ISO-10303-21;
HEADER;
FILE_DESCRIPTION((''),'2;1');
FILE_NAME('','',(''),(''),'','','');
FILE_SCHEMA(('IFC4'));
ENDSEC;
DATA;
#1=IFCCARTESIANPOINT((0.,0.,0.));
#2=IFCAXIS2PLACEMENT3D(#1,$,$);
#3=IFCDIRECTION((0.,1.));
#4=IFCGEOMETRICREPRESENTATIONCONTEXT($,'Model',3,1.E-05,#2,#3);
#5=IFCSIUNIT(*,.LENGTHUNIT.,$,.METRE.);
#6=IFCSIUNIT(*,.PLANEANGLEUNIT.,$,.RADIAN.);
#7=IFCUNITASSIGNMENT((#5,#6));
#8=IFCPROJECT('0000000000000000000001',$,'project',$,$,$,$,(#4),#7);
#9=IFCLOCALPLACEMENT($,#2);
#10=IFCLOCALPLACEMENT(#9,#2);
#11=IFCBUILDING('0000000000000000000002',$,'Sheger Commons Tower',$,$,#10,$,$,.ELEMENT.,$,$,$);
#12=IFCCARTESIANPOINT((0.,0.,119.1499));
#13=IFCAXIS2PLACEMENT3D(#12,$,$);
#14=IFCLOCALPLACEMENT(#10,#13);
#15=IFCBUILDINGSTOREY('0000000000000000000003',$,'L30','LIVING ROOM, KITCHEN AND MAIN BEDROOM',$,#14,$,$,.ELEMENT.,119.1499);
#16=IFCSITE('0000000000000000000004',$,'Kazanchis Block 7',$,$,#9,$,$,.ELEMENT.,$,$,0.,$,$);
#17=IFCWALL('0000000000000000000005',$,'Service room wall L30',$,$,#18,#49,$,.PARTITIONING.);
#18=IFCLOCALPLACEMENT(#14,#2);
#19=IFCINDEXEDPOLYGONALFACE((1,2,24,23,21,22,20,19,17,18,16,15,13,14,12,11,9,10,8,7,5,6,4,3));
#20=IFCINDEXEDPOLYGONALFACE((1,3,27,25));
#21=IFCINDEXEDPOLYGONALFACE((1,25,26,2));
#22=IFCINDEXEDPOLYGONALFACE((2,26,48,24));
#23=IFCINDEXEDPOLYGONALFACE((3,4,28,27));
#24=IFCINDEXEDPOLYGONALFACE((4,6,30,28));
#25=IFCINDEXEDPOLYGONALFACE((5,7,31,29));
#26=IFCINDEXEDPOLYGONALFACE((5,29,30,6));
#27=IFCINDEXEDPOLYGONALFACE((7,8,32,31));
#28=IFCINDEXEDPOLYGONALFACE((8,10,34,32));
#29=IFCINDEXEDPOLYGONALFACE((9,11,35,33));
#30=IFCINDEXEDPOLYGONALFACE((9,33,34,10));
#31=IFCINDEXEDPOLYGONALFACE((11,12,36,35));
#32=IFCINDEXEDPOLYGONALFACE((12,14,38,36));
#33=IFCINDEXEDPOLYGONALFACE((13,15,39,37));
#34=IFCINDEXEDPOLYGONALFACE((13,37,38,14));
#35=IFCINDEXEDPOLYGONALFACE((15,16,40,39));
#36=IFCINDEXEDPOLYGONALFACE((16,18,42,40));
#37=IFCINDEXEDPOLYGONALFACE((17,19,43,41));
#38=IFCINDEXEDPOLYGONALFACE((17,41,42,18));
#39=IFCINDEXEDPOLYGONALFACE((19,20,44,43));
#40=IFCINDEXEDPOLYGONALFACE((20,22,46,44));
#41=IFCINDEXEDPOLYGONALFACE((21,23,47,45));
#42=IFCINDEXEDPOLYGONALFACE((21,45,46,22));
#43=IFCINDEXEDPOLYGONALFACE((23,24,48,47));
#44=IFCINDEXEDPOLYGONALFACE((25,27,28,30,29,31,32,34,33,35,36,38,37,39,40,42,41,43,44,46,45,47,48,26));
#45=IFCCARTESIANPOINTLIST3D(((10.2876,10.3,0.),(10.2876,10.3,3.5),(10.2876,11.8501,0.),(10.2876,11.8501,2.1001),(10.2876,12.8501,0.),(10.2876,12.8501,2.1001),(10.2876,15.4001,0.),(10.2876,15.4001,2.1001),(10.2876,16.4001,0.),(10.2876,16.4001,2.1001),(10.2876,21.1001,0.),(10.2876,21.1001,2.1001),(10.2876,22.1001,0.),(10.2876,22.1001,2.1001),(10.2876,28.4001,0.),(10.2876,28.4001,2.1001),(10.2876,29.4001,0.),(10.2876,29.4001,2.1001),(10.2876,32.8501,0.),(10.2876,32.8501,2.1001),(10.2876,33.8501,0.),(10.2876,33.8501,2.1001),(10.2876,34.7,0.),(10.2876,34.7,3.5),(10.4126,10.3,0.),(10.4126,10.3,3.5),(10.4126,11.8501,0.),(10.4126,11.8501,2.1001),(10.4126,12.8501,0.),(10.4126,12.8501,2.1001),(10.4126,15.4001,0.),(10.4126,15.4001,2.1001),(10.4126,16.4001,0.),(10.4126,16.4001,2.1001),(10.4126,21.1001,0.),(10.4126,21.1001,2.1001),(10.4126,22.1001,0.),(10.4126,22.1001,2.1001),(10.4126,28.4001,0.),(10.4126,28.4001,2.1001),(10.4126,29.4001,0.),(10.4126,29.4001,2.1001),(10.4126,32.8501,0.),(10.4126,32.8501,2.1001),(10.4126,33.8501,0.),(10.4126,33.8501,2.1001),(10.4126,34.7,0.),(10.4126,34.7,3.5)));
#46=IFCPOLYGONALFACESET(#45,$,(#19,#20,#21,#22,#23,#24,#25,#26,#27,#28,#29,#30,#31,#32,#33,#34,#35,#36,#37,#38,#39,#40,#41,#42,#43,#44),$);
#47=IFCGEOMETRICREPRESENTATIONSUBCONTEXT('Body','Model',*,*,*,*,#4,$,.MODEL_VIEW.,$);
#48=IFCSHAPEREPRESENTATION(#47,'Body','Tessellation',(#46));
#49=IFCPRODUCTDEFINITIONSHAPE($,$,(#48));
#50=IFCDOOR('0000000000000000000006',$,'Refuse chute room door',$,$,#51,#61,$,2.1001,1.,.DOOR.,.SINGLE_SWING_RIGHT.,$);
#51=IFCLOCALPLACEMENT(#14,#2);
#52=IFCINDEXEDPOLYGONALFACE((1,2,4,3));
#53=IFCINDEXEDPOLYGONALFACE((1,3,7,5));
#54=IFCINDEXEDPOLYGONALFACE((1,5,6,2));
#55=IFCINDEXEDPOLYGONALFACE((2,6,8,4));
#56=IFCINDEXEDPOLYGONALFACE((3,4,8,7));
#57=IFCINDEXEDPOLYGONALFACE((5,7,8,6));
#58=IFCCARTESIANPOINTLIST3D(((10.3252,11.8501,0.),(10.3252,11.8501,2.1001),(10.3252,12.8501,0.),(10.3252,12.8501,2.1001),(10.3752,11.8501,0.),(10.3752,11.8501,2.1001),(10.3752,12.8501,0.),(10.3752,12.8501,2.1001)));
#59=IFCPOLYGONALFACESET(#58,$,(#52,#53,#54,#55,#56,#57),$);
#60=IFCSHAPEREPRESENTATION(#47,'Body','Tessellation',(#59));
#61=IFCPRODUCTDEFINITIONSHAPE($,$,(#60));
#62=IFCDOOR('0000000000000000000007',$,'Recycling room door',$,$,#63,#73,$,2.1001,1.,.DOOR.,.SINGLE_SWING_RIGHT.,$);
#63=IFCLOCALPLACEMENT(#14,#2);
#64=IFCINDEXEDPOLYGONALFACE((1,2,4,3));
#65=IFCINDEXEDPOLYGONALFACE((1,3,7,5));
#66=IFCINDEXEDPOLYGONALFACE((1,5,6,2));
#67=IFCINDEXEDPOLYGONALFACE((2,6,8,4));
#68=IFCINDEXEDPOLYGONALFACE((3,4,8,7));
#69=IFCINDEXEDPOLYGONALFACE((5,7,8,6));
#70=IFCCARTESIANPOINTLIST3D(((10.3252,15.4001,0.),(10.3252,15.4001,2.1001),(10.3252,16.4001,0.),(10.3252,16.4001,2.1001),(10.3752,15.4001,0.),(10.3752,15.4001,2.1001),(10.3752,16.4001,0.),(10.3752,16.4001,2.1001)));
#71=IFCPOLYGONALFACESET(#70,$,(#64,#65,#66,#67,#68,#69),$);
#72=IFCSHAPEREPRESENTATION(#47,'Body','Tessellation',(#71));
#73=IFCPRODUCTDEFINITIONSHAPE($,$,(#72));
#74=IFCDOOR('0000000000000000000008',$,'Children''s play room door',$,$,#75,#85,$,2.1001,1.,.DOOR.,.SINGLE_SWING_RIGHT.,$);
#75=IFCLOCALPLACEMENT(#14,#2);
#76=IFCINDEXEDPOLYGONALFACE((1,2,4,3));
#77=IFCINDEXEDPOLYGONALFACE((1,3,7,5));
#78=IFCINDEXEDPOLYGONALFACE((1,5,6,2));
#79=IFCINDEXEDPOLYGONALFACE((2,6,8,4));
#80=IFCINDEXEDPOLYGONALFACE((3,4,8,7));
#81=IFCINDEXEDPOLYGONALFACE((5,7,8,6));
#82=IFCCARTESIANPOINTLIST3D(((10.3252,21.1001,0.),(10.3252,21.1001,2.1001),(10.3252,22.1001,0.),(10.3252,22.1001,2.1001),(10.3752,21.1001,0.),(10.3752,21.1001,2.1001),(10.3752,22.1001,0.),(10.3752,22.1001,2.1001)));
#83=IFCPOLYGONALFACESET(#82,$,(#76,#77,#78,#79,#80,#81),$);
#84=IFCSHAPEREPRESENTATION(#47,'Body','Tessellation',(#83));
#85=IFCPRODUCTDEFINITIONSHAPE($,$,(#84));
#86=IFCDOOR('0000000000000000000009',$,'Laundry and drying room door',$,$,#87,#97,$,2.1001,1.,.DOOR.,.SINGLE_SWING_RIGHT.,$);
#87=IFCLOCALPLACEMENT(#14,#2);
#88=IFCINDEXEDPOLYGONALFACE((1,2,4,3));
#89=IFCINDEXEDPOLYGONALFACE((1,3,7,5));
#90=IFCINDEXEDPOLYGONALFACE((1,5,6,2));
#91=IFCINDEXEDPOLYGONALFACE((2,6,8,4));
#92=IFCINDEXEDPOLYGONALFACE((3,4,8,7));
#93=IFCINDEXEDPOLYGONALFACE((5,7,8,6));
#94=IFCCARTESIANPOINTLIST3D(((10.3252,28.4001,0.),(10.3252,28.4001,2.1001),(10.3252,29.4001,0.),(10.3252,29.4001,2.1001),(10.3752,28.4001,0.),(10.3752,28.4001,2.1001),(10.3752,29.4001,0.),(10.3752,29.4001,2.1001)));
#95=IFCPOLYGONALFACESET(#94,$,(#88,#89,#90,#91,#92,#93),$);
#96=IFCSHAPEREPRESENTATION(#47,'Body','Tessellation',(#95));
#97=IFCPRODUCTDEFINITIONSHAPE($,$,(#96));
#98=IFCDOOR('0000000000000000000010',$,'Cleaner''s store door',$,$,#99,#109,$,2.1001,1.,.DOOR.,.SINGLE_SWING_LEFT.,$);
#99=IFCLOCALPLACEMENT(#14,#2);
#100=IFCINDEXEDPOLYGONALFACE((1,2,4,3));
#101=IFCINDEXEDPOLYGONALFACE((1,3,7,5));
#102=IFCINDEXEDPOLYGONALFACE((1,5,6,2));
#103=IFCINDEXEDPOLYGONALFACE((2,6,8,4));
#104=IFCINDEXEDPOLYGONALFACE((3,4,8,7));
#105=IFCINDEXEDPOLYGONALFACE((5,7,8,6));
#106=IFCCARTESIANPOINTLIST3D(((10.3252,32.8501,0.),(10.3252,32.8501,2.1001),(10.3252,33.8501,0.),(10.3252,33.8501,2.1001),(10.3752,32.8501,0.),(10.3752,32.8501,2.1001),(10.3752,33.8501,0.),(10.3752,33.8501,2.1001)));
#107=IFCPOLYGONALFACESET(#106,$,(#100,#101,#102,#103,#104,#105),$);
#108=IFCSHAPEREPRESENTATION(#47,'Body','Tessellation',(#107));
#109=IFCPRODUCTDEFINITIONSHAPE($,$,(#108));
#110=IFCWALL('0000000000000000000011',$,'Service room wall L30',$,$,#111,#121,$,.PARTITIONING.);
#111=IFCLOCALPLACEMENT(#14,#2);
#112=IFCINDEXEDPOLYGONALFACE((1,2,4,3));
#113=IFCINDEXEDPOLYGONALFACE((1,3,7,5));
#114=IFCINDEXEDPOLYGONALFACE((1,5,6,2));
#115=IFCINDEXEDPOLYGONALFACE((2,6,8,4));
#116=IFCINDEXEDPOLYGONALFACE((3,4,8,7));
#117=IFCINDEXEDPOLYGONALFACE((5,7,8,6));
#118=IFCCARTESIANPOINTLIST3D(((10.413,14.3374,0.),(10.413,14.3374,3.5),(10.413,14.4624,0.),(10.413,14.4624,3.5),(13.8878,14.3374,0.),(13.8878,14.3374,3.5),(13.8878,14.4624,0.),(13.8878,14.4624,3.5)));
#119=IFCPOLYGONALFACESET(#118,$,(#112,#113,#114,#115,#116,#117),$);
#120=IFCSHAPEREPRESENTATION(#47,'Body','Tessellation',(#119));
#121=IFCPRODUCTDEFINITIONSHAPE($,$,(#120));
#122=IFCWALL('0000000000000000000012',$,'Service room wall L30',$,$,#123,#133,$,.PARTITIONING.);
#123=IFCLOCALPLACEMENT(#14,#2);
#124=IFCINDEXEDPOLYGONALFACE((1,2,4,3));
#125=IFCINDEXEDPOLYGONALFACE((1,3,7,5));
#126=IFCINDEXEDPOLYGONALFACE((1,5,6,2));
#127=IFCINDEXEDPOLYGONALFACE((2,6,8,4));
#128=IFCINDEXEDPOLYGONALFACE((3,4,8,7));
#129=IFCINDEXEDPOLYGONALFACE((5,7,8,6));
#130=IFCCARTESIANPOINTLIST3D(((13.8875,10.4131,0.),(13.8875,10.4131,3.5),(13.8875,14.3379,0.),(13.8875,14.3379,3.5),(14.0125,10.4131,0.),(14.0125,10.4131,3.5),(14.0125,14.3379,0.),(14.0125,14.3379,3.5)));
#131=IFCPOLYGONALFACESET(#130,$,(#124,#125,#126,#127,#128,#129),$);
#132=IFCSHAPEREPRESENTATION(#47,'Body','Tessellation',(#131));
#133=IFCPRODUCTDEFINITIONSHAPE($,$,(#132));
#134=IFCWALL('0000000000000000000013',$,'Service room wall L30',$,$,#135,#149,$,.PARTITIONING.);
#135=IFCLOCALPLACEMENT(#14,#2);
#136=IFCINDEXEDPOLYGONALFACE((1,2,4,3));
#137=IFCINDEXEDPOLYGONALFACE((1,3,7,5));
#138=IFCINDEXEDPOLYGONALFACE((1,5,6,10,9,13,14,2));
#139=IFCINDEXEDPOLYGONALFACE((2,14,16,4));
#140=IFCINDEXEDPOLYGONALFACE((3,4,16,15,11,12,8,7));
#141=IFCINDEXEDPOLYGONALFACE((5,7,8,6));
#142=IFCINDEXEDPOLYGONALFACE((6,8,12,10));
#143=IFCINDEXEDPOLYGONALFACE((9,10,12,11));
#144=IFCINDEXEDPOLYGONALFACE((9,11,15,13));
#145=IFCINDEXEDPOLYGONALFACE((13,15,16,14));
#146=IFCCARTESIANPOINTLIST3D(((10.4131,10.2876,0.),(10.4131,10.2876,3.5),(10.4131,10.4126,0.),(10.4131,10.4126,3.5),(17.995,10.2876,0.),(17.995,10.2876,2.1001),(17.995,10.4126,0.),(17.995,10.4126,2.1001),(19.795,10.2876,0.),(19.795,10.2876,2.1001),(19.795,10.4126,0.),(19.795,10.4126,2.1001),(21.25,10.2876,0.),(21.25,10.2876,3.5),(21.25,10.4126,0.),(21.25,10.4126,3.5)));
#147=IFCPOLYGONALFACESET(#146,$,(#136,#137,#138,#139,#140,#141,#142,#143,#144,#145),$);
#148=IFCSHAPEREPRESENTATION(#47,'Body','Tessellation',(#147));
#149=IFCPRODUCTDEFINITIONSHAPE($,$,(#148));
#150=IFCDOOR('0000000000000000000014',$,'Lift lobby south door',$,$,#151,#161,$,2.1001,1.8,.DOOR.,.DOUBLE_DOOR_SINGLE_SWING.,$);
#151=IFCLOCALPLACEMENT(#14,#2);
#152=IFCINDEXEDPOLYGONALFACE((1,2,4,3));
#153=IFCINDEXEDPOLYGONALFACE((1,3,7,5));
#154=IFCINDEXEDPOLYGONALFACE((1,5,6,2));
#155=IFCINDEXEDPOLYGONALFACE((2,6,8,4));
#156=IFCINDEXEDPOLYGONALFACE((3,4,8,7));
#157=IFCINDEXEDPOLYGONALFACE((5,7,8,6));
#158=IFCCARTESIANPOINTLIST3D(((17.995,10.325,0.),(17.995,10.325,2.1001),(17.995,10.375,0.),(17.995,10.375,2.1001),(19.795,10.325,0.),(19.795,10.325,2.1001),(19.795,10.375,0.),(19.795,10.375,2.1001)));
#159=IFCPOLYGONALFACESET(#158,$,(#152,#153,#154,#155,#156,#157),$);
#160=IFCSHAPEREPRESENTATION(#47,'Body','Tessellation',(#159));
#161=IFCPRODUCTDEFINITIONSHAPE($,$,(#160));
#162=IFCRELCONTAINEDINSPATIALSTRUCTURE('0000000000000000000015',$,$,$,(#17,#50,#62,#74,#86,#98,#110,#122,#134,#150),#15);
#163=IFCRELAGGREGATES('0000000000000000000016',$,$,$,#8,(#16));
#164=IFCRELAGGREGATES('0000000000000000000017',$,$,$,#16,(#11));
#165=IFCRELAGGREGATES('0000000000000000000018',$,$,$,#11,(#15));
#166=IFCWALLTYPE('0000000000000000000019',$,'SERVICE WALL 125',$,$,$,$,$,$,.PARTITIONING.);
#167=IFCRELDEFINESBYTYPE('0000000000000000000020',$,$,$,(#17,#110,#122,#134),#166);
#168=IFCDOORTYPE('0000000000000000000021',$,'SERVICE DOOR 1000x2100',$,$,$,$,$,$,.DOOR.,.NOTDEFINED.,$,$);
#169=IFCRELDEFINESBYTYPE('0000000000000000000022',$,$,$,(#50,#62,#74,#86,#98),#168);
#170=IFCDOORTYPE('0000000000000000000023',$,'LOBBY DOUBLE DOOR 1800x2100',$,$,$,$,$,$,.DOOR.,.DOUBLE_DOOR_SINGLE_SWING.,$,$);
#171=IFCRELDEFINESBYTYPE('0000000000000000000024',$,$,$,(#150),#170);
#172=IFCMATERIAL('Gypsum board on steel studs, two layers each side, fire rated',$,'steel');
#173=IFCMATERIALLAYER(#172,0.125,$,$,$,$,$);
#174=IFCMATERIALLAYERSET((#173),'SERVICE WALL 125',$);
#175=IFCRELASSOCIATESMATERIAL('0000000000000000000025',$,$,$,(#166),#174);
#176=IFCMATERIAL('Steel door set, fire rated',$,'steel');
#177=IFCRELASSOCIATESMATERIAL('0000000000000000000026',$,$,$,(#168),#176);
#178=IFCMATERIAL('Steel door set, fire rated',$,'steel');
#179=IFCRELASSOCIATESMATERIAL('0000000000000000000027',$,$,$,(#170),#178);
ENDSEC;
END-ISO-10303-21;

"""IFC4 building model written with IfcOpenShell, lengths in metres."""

from ifc_helpers import new_model, si_unit, direction, frame, frame_2d, origin, place, context, subcontext, project, spatial, rectangle, extrude, material, layer, layer_set, type_object, element, fill, save


model = new_model("IFC4")

# Units and contexts
model_context = context("Model", 3, precision=1e-05, world=origin(), true_north=direction((0.0, 1.0)))
body_context = subcontext(model_context, "Body", "Model", "MODEL_VIEW")
ifc_project = project(units=[si_unit("LENGTHUNIT", "METRE"), si_unit("PLANEANGLEUNIT", "RADIAN")], contexts=[model_context])

# Site, building, storey
site_placement = place(None, origin())
site = spatial("IfcSite", under=ifc_project, at=site_placement, Name="Kazanchis Block 7", CompositionType="ELEMENT", RefElevation=0.0)
building_placement = place(site_placement, origin())
building = spatial("IfcBuilding", under=site, at=building_placement, Name="Sheger Commons Tower", CompositionType="ELEMENT")
storey_placement = place(building_placement, frame((0.0, 0.0, 119.1499)))
storey = spatial("IfcBuildingStorey", under=building, at=storey_placement, Name="L30", Description="LIVING ROOM, KITCHEN AND MAIN BEDROOM", CompositionType="ELEMENT", Elevation=119.1499)

# Wall, openings, doors
ifc_material_1 = material(Name="Gypsum board on steel studs, two layers each side, fire rated", Category="steel")
ifc_layer_1 = layer(ifc_material_1, 0.125)
ifc_layer_set_1 = layer_set([ifc_layer_1], Name="SERVICE WALL 125")
wall_type_1 = type_object("IfcWallType", Name="SERVICE WALL 125", PredefinedType="PARTITIONING", material=ifc_layer_set_1)
wall_1_placement = place(storey_placement, frame((10.3501, 10.3, 0.0), z_axis=(0.0, 0.0, 1.0), x_axis=(0.0, 1.0, 0.0)))
wall_1 = element("IfcWall", 1, at=wall_1_placement, inside=storey, type_object=wall_type_1, Name="Service room wall L30", PredefinedType="PARTITIONING", context=body_context, shape_type="SweptSolid", body=[
    extrude(rectangle(XDim=24.3999, YDim=0.125, at=frame_2d((12.2, 0.0))), origin(), (0.0, 0.0, 1.0), 3.5),
])
opening_1_placement = place(wall_1_placement, frame((1.55, 0.0, 0.0)))
opening_1 = element("IfcOpeningElement", 2, at=opening_1_placement, cuts=wall_1, PredefinedType="OPENING", context=body_context, shape_type="SweptSolid", body=[
    extrude(rectangle(XDim=1.0, YDim=2.1001, at=frame_2d((0.5, 1.05))), frame((0.0, 0.0725, 0.0), z_axis=(0.0, -1.0, 0.0), x_axis=(1.0, 0.0, 0.0)), (0.0, 0.0, 1.0), 0.145),
])
opening_2_placement = place(wall_1_placement, frame((5.1001, 0.0, 0.0)))
opening_2 = element("IfcOpeningElement", 3, at=opening_2_placement, cuts=wall_1, PredefinedType="OPENING", context=body_context, shape_type="SweptSolid", body=[
    extrude(rectangle(XDim=1.0, YDim=2.1001, at=frame_2d((0.5, 1.05))), frame((0.0, 0.0725, 0.0), z_axis=(0.0, -1.0, 0.0), x_axis=(1.0, 0.0, 0.0)), (0.0, 0.0, 1.0), 0.145),
])
opening_3_placement = place(wall_1_placement, frame((10.8, 0.0, 0.0)))
opening_3 = element("IfcOpeningElement", 4, at=opening_3_placement, cuts=wall_1, PredefinedType="OPENING", context=body_context, shape_type="SweptSolid", body=[
    extrude(rectangle(XDim=1.0, YDim=2.1001, at=frame_2d((0.5, 1.05))), frame((0.0, 0.0725, 0.0), z_axis=(0.0, -1.0, 0.0), x_axis=(1.0, 0.0, 0.0)), (0.0, 0.0, 1.0), 0.145),
])
opening_4_placement = place(wall_1_placement, frame((18.1001, 0.0, 0.0)))
opening_4 = element("IfcOpeningElement", 5, at=opening_4_placement, cuts=wall_1, PredefinedType="OPENING", context=body_context, shape_type="SweptSolid", body=[
    extrude(rectangle(XDim=1.0, YDim=2.1001, at=frame_2d((0.5, 1.05))), frame((0.0, 0.0725, 0.0), z_axis=(0.0, -1.0, 0.0), x_axis=(1.0, 0.0, 0.0)), (0.0, 0.0, 1.0), 0.145),
])
opening_5_placement = place(wall_1_placement, frame((22.55, 0.0, 0.0)))
opening_5 = element("IfcOpeningElement", 6, at=opening_5_placement, cuts=wall_1, PredefinedType="OPENING", context=body_context, shape_type="SweptSolid", body=[
    extrude(rectangle(XDim=1.0, YDim=2.1001, at=frame_2d((0.5, 1.05))), frame((0.0, 0.0725, 0.0), z_axis=(0.0, -1.0, 0.0), x_axis=(1.0, 0.0, 0.0)), (0.0, 0.0, 1.0), 0.145),
])
ifc_material_2 = material(Name="Steel door set, fire rated", Category="steel")
door_type_1 = type_object("IfcDoorType", Name="SERVICE DOOR 1000x2100", OperationType="NOTDEFINED", PredefinedType="DOOR", material=ifc_material_2)
door_1_placement = place(opening_1_placement, origin())
door_1 = element("IfcDoor", 7, at=door_1_placement, inside=storey, type_object=door_type_1, Name="Refuse chute room door", OperationType="SINGLE_SWING_RIGHT", OverallHeight=2.1001, OverallWidth=1.0, PredefinedType="DOOR", context=body_context, shape_type="SweptSolid", body=[
    extrude(rectangle(XDim=1.0, YDim=2.1001, at=frame_2d((0.5, 1.05))), frame((0.0, 0.0249, 0.0), z_axis=(0.0, -1.0, 0.0), x_axis=(1.0, 0.0, 0.0)), (0.0, 0.0, 1.0), 0.05),
])
fill(opening_1, door_1)
door_2_placement = place(opening_2_placement, origin())
door_2 = element("IfcDoor", 8, at=door_2_placement, inside=storey, type_object=door_type_1, Name="Recycling room door", OperationType="SINGLE_SWING_RIGHT", OverallHeight=2.1001, OverallWidth=1.0, PredefinedType="DOOR", context=body_context, shape_type="SweptSolid", body=[
    extrude(rectangle(XDim=1.0, YDim=2.1001, at=frame_2d((0.5, 1.05))), frame((0.0, 0.0249, 0.0), z_axis=(0.0, -1.0, 0.0), x_axis=(1.0, 0.0, 0.0)), (0.0, 0.0, 1.0), 0.05),
])
fill(opening_2, door_2)
door_3_placement = place(opening_3_placement, origin())
door_3 = element("IfcDoor", 9, at=door_3_placement, inside=storey, type_object=door_type_1, Name="Children's play room door", OperationType="SINGLE_SWING_RIGHT", OverallHeight=2.1001, OverallWidth=1.0, PredefinedType="DOOR", context=body_context, shape_type="SweptSolid", body=[
    extrude(rectangle(XDim=1.0, YDim=2.1001, at=frame_2d((0.5, 1.05))), frame((0.0, 0.0249, 0.0), z_axis=(0.0, -1.0, 0.0), x_axis=(1.0, 0.0, 0.0)), (0.0, 0.0, 1.0), 0.05),
])
fill(opening_3, door_3)
door_4_placement = place(opening_4_placement, origin())
door_4 = element("IfcDoor", 10, at=door_4_placement, inside=storey, type_object=door_type_1, Name="Laundry and drying room door", OperationType="SINGLE_SWING_RIGHT", OverallHeight=2.1001, OverallWidth=1.0, PredefinedType="DOOR", context=body_context, shape_type="SweptSolid", body=[
    extrude(rectangle(XDim=1.0, YDim=2.1001, at=frame_2d((0.5, 1.05))), frame((0.0, 0.0249, 0.0), z_axis=(0.0, -1.0, 0.0), x_axis=(1.0, 0.0, 0.0)), (0.0, 0.0, 1.0), 0.05),
])
fill(opening_4, door_4)
door_5_placement = place(opening_5_placement, origin())
door_5 = element("IfcDoor", 11, at=door_5_placement, inside=storey, type_object=door_type_1, Name="Cleaner's store door", OperationType="SINGLE_SWING_LEFT", OverallHeight=2.1001, OverallWidth=1.0, PredefinedType="DOOR", context=body_context, shape_type="SweptSolid", body=[
    extrude(rectangle(XDim=1.0, YDim=2.1001, at=frame_2d((0.5, 1.05))), frame((0.0, 0.0249, 0.0), z_axis=(0.0, -1.0, 0.0), x_axis=(1.0, 0.0, 0.0)), (0.0, 0.0, 1.0), 0.05),
])
fill(opening_5, door_5)

# Walls
wall_2_placement = place(storey_placement, frame((10.4131, 14.3999, 0.0), z_axis=(0.0, 0.0, 1.0), x_axis=(1.0, 0.0, 0.0)))
element("IfcWall", 12, at=wall_2_placement, inside=storey, type_object=wall_type_1, Name="Service room wall L30", PredefinedType="PARTITIONING", context=body_context, shape_type="SweptSolid", body=[
    extrude(rectangle(XDim=3.4749, YDim=0.125, at=frame_2d((1.7373, 0.0))), origin(), (0.0, 0.0, 1.0), 3.5),
])
wall_3_placement = place(storey_placement, frame((13.95, 10.4131, 0.0), z_axis=(0.0, 0.0, 1.0), x_axis=(0.0, 1.0, 0.0)))
element("IfcWall", 13, at=wall_3_placement, inside=storey, type_object=wall_type_1, Name="Service room wall L30", PredefinedType="PARTITIONING", context=body_context, shape_type="SweptSolid", body=[
    extrude(rectangle(XDim=3.9248, YDim=0.125, at=frame_2d((1.9624, 0.0))), origin(), (0.0, 0.0, 1.0), 3.5),
])

# Wall, opening, door
wall_4_placement = place(storey_placement, frame((10.4131, 10.3501, 0.0), z_axis=(0.0, 0.0, 1.0), x_axis=(1.0, 0.0, 0.0)))
wall_4 = element("IfcWall", 14, at=wall_4_placement, inside=storey, type_object=wall_type_1, Name="Service room wall L30", PredefinedType="PARTITIONING", context=body_context, shape_type="SweptSolid", body=[
    extrude(rectangle(XDim=10.8369, YDim=0.125, at=frame_2d((5.4185, 0.0))), origin(), (0.0, 0.0, 1.0), 3.5),
])
opening_6_placement = place(wall_4_placement, frame((7.582, 0.0, 0.0)))
opening_6 = element("IfcOpeningElement", 15, at=opening_6_placement, cuts=wall_4, PredefinedType="OPENING", context=body_context, shape_type="SweptSolid", body=[
    extrude(rectangle(XDim=1.8, YDim=2.1001, at=frame_2d((0.8999, 1.05))), frame((0.0, 0.0725, 0.0), z_axis=(0.0, -1.0, 0.0), x_axis=(1.0, 0.0, 0.0)), (0.0, 0.0, 1.0), 0.145),
])
ifc_material_3 = material(Name="Steel door set, fire rated", Category="steel")
door_type_2 = type_object("IfcDoorType", Name="LOBBY DOUBLE DOOR 1800x2100", OperationType="DOUBLE_DOOR_SINGLE_SWING", PredefinedType="DOOR", material=ifc_material_3)
door_6_placement = place(opening_6_placement, origin())
door_6 = element("IfcDoor", 16, at=door_6_placement, inside=storey, type_object=door_type_2, Name="Lift lobby south door", OperationType="DOUBLE_DOOR_SINGLE_SWING", OverallHeight=2.1001, OverallWidth=1.8, PredefinedType="DOOR", context=body_context, shape_type="SweptSolid", body=[
    extrude(rectangle(XDim=1.8, YDim=2.1001, at=frame_2d((0.8999, 1.05))), frame((0.0, 0.0249, 0.0), z_axis=(0.0, -1.0, 0.0), x_axis=(1.0, 0.0, 0.0)), (0.0, 0.0, 1.0), 0.05),
])
fill(opening_6, door_6)

save(model, "model.ifc")
